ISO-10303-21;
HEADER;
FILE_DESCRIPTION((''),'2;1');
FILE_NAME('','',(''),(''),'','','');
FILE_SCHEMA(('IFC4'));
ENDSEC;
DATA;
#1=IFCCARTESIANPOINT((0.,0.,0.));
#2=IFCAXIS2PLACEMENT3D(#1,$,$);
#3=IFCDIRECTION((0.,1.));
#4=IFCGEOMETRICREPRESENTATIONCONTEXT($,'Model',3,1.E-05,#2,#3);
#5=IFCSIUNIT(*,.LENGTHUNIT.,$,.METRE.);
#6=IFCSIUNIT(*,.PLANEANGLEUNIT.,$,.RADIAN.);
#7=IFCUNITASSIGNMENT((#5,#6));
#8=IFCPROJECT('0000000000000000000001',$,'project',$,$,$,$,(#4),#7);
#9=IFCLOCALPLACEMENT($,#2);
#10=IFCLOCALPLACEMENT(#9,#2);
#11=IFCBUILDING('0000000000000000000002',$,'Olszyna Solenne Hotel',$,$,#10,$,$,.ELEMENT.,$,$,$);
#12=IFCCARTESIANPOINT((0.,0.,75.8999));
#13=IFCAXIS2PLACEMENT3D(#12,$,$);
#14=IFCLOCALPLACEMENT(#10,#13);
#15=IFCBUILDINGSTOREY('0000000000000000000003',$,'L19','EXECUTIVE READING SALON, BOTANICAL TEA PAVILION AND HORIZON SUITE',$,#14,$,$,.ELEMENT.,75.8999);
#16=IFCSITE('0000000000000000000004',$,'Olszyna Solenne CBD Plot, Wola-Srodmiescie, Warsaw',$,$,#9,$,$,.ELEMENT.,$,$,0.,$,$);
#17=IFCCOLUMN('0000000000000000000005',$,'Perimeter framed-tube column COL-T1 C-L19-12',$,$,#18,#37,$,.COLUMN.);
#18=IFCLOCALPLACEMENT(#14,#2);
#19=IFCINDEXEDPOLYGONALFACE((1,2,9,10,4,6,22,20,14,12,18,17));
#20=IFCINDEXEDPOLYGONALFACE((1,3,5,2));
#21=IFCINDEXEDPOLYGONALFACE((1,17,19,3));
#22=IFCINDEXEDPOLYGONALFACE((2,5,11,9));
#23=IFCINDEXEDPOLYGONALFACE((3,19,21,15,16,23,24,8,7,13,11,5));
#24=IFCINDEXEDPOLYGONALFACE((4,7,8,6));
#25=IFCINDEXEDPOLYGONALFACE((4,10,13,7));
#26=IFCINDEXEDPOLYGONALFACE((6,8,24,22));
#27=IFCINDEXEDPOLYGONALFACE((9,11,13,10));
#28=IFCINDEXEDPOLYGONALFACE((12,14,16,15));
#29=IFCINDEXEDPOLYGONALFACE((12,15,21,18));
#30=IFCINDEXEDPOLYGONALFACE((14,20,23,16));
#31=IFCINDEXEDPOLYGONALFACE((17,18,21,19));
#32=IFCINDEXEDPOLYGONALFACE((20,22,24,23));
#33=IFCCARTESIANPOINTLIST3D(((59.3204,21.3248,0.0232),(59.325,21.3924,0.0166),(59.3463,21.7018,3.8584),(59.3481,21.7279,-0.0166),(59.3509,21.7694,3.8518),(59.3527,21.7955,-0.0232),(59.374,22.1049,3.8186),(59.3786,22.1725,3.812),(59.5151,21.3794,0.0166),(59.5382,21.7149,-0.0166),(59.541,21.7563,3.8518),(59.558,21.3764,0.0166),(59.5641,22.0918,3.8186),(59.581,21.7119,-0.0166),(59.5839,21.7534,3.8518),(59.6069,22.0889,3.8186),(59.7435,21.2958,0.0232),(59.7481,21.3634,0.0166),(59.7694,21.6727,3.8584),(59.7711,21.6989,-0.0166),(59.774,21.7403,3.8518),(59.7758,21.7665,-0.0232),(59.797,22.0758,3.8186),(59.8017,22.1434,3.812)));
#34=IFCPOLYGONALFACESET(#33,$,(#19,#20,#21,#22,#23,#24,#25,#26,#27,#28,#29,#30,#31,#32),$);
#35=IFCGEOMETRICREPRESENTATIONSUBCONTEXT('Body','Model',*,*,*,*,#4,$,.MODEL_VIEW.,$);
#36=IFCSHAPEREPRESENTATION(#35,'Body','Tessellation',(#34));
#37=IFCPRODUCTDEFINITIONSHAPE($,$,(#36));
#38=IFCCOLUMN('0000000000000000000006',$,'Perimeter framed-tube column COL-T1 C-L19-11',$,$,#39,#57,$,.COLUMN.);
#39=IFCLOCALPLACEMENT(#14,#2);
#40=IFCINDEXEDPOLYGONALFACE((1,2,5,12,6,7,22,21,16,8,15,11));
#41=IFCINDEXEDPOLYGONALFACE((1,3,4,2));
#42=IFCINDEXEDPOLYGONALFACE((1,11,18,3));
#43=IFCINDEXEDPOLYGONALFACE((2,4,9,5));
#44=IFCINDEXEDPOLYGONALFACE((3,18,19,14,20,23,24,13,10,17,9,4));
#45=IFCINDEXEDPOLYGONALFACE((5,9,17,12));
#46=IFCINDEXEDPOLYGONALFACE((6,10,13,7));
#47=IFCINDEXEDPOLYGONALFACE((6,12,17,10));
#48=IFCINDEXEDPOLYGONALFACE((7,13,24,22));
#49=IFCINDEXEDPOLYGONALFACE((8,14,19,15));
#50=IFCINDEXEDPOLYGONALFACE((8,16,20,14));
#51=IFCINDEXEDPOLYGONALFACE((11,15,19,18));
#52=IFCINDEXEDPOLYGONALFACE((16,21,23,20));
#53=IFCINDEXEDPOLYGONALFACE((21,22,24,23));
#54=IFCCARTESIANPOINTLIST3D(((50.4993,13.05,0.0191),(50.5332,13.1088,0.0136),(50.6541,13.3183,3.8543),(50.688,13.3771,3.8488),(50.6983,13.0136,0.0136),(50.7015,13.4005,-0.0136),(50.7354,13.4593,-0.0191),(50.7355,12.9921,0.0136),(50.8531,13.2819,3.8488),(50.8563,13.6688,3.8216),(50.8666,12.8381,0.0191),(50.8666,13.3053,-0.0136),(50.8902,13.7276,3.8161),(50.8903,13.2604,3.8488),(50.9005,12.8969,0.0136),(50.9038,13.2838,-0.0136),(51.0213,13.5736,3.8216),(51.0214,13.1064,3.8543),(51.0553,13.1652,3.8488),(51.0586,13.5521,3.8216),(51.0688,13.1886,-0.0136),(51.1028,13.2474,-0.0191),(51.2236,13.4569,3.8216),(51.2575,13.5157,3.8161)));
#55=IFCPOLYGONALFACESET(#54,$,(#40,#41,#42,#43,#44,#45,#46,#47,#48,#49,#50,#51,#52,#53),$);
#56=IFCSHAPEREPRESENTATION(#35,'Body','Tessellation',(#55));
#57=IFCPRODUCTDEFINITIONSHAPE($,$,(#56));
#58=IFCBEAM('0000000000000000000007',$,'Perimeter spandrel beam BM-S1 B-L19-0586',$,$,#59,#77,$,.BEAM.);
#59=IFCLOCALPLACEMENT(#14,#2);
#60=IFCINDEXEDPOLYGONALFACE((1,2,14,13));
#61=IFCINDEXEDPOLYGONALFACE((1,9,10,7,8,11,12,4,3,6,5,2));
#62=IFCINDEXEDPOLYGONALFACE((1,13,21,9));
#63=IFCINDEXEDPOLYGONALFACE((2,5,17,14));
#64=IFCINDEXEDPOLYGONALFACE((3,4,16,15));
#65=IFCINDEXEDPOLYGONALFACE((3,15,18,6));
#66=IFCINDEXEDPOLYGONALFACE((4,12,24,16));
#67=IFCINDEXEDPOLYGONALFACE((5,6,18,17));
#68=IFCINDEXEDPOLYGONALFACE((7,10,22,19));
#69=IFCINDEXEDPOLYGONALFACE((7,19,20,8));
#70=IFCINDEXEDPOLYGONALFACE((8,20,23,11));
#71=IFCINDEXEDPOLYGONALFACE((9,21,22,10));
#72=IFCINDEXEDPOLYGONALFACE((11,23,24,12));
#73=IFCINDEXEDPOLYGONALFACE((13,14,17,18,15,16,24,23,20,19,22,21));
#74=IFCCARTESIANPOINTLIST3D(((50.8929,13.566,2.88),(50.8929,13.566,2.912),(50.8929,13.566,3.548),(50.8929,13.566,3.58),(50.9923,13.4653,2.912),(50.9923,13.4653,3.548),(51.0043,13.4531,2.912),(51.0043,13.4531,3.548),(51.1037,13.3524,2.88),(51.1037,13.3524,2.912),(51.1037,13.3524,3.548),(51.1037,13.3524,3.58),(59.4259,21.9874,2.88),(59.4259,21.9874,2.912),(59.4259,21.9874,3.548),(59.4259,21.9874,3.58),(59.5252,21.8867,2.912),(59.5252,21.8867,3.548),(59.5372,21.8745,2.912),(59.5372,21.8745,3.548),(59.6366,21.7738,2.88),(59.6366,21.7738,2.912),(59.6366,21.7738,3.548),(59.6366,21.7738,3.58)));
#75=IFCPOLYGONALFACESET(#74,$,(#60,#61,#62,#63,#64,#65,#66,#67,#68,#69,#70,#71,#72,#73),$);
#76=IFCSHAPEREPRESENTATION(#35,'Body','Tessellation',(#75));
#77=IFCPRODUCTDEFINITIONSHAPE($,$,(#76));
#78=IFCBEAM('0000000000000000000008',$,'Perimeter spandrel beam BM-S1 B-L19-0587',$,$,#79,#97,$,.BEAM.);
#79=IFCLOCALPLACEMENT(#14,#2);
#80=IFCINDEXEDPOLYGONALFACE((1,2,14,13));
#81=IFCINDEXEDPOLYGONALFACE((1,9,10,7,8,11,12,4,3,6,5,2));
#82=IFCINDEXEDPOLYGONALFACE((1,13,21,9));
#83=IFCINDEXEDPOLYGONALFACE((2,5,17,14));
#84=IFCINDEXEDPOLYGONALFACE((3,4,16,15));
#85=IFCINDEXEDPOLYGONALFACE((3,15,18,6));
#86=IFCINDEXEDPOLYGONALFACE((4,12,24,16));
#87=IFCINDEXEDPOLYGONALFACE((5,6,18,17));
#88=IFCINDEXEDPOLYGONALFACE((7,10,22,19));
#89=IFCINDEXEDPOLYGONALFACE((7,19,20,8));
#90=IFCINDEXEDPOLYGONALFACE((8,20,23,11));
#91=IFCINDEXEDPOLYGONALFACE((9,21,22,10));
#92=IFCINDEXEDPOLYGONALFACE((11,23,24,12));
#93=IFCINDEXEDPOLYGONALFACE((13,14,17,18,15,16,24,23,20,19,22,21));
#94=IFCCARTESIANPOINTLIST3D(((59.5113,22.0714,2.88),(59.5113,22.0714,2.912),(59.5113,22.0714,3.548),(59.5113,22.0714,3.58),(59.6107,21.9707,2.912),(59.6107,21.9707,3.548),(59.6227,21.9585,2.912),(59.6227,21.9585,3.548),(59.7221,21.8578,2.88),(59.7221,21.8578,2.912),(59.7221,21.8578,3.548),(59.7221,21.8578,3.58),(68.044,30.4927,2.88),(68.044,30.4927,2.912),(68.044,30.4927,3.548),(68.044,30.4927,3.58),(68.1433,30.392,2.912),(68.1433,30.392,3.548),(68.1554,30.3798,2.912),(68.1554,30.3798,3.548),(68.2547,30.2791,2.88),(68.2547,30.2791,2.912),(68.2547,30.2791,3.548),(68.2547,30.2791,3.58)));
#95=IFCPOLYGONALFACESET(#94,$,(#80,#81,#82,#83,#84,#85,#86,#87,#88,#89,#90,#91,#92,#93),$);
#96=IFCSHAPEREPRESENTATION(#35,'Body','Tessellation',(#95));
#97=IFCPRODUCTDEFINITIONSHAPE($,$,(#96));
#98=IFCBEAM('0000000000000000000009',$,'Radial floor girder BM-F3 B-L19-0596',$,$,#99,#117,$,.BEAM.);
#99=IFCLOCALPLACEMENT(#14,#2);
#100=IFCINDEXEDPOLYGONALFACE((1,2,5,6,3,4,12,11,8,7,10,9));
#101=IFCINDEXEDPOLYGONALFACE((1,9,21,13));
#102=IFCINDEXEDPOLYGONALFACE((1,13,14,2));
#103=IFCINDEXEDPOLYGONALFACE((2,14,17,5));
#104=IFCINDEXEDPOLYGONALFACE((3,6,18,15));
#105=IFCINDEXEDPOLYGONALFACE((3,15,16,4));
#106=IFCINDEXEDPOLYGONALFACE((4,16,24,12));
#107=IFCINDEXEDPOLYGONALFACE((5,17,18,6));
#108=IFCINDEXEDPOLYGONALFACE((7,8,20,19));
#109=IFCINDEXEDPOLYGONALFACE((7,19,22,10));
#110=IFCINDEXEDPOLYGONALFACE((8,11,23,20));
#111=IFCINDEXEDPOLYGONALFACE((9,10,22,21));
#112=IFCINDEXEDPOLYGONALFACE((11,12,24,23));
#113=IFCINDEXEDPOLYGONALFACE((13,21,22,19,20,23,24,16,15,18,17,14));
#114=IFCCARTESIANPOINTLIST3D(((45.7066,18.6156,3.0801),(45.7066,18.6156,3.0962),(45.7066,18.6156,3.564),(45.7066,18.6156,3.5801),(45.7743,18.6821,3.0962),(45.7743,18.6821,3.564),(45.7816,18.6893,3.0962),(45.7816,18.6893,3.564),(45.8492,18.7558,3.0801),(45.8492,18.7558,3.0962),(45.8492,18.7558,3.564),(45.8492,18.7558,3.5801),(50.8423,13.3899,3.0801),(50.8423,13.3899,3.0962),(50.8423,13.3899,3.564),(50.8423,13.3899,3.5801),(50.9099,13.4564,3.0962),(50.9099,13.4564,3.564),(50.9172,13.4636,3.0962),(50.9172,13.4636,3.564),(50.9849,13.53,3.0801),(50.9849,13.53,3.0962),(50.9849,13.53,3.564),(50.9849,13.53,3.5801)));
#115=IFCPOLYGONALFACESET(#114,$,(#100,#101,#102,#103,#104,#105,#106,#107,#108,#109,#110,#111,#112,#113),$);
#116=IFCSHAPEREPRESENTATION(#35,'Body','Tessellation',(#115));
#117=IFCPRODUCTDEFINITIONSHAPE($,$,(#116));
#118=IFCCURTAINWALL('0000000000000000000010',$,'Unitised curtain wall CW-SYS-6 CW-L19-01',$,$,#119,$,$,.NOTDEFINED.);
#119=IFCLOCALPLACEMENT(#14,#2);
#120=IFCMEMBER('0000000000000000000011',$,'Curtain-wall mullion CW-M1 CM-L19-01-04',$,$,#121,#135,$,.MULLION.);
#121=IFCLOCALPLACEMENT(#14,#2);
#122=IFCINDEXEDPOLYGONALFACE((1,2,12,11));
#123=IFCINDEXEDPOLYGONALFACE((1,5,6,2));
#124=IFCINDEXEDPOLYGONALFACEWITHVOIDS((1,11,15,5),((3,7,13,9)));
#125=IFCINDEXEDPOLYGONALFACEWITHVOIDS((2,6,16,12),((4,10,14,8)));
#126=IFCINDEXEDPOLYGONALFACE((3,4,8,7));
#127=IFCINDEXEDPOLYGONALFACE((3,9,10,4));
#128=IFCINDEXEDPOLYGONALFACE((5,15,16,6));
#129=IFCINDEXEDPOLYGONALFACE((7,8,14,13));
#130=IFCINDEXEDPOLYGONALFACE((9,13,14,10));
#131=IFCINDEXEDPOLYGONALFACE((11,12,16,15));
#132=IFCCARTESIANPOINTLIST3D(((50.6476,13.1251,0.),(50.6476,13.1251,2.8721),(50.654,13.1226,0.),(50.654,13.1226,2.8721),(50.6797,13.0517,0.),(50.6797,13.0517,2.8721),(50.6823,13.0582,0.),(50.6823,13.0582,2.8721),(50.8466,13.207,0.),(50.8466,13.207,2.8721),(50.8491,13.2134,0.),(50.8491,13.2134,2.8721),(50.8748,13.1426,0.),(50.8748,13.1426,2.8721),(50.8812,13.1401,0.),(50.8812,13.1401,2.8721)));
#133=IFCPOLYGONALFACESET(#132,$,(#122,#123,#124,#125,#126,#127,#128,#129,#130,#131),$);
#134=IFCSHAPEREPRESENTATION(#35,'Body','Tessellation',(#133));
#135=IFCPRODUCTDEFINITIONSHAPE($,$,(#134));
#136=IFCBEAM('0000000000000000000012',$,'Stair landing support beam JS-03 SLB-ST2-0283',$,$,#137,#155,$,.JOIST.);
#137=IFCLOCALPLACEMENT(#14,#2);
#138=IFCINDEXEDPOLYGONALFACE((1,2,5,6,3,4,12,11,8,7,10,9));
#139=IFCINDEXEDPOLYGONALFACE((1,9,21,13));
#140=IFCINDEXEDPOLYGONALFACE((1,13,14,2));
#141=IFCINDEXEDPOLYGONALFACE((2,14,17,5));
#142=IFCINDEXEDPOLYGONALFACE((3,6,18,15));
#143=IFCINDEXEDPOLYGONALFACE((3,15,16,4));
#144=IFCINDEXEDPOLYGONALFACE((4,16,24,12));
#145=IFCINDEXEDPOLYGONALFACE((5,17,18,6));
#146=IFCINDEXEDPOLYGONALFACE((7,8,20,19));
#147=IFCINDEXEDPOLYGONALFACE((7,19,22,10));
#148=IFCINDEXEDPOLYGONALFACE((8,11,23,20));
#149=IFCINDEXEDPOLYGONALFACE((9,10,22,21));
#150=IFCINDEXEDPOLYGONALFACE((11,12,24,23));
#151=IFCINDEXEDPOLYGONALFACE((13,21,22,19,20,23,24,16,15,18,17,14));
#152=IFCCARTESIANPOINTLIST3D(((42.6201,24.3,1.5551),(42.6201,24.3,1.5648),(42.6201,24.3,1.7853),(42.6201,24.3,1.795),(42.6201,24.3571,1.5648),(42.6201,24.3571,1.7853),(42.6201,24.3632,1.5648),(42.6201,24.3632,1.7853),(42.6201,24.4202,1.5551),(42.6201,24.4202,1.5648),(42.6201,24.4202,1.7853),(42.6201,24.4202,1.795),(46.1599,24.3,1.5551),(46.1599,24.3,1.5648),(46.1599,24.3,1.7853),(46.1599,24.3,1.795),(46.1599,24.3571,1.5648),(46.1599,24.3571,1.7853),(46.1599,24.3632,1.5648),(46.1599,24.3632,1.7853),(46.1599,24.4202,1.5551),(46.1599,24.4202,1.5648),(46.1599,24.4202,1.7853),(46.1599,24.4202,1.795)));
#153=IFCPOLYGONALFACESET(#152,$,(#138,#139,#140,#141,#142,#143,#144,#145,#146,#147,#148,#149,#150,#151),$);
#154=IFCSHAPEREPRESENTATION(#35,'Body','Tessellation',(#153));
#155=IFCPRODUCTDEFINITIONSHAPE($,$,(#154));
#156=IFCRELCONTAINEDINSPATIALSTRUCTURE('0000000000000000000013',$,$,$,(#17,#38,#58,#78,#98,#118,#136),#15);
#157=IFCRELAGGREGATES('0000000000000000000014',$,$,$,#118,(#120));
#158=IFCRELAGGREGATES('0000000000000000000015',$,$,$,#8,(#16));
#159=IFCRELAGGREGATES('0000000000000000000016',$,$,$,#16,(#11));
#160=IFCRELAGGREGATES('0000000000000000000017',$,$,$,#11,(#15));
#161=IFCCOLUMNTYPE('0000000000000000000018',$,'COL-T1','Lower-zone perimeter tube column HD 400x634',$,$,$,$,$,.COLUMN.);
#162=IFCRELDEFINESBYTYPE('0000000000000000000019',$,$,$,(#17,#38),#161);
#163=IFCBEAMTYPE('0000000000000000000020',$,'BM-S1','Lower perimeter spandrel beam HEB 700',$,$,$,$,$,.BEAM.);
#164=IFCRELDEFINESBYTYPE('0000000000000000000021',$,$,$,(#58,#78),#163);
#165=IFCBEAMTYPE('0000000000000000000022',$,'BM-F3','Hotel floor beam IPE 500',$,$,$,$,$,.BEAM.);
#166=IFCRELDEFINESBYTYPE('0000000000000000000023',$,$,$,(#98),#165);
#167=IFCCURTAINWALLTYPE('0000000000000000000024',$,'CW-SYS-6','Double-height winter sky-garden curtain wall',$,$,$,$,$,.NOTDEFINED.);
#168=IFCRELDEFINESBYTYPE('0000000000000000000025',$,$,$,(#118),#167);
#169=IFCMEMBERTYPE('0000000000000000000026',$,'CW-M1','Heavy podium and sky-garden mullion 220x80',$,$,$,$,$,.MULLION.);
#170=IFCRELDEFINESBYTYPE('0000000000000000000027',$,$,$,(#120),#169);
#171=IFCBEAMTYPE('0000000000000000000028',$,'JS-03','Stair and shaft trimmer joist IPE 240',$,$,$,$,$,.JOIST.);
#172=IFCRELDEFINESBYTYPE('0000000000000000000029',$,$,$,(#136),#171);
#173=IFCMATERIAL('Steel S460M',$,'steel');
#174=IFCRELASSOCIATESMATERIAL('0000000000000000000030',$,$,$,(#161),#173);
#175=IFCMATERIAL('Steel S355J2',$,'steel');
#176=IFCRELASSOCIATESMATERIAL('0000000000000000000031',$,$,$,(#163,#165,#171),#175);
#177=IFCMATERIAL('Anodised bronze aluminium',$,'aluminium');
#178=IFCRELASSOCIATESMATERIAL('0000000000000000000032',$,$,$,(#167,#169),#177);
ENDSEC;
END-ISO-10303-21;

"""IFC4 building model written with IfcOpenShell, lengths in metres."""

from ifc_helpers import new_model, si_unit, direction, frame, origin, origin_2d, place, context, subcontext, project, spatial, hollow_rectangle, i_section, extrude, source, transform, mapped, material, material_profile, profile_set, type_object, element, aggregate, save


model = new_model("IFC4")

# Units and contexts
model_context = context("Model", 3, precision=1e-05, world=origin(), true_north=direction((0.0, 1.0)))
body_context = subcontext(model_context, "Body", "Model", "MODEL_VIEW")
ifc_project = project(units=[si_unit("LENGTHUNIT", "METRE"), si_unit("PLANEANGLEUNIT", "RADIAN")], contexts=[model_context])

# Site, building, storey
site_placement = place(None, origin())
site = spatial("IfcSite", under=ifc_project, at=site_placement, Name="Olszyna Solenne CBD Plot, Wola-Srodmiescie, Warsaw", CompositionType="ELEMENT", RefElevation=0.0)
building_placement = place(site_placement, origin())
building = spatial("IfcBuilding", under=site, at=building_placement, Name="Olszyna Solenne Hotel", CompositionType="ELEMENT")
storey_placement = place(building_placement, frame((0.0, 0.0, 75.8999)))
storey = spatial("IfcBuildingStorey", under=building, at=storey_placement, Name="L19", Description="EXECUTIVE READING SALON, BOTANICAL TEA PAVILION AND HORIZON SUITE", CompositionType="ELEMENT", Elevation=75.8999)

# Columns
ifc_material_1 = material(Name="Steel S460M", Category="steel")
ifc_material_profile_1 = material_profile(ifc_material_1, i_section(OverallWidth=0.4241, OverallDepth=0.4741, WebThickness=0.043, FlangeThickness=0.0681, at=origin_2d()), Name="HD 400x634", Category="load-bearing")
ifc_profile_set_1 = profile_set([ifc_material_profile_1], Name="Steel S460M")
column_type = type_object("IfcColumnType", Name="COL-T1", Description="Lower-zone perimeter tube column HD 400x634", PredefinedType="COLUMN", material=ifc_profile_set_1)
shared_shape_1 = source(origin(), body_context, "Body", "SweptSolid", [
    extrude(i_section(OverallWidth=0.4241, OverallDepth=0.4741, WebThickness=0.043, FlangeThickness=0.0681, at=origin_2d()), origin(), (0.0, 0.0, 1.0), 3.8538),
])
column_1_placement = place(storey_placement, frame((59.5481, 21.5457, 0.0), z_axis=(0.006715, 0.097814, 0.995182), x_axis=(-0.997652, 0.068492, 0.0)))
element("IfcColumn", 1, at=column_1_placement, inside=storey, type_object=column_type, Name="Perimeter framed-tube column COL-T1 C-L19-12", PredefinedType="COLUMN", context=body_context, shape_type="MappedRepresentation", body=[
    mapped(shared_shape_1, transform((0.0, 0.0, 0.0), x_axis=(1.0, 0.0, 0.0), y_axis=(0.0, 1.0, 0.0), z_axis=(0.0, 0.0, 1.0), scale=1.0)),
])
shared_shape_2 = source(origin(), body_context, "Body", "SweptSolid", [
    extrude(i_section(OverallWidth=0.4241, OverallDepth=0.4741, WebThickness=0.043, FlangeThickness=0.0681, at=origin_2d()), origin(), (0.0, 0.0, 1.0), 3.8477),
])
column_2_placement = place(storey_placement, frame((50.801, 13.1487, 0.0), z_axis=(0.040228, 0.069733, 0.996754), x_axis=(-0.866199, 0.4997, 0.0)))
element("IfcColumn", 2, at=column_2_placement, inside=storey, type_object=column_type, Name="Perimeter framed-tube column COL-T1 C-L19-11", PredefinedType="COLUMN", context=body_context, shape_type="MappedRepresentation", body=[
    mapped(shared_shape_2, transform((0.0, 0.0, 0.0), x_axis=(1.0, 0.0, 0.0), y_axis=(0.0, 1.0, 0.0), z_axis=(0.0, 0.0, 1.0), scale=1.0)),
])

# Beams
ifc_material_2 = material(Name="Steel S355J2", Category="steel")
ifc_material_profile_2 = material_profile(ifc_material_2, i_section(OverallWidth=0.3, OverallDepth=0.7, WebThickness=0.0171, FlangeThickness=0.032, at=origin_2d()), Name="HEB 700", Category="load-bearing")
ifc_profile_set_2 = profile_set([ifc_material_profile_2], Name="Steel S355J2")
beam_type_1 = type_object("IfcBeamType", Name="BM-S1", Description="Lower perimeter spandrel beam HEB 700", PredefinedType="BEAM", material=ifc_profile_set_2)
shared_shape_3 = source(origin(), body_context, "Body", "SweptSolid", [
    extrude(i_section(OverallWidth=0.3, OverallDepth=0.7, WebThickness=0.0171, FlangeThickness=0.032, at=origin_2d()), origin(), (0.0, 0.0, 1.0), 11.9888),
])
beam_1_placement = place(storey_placement, frame((50.9983, 13.4592, 3.23), z_axis=(0.711745, 0.702438, 0.0), x_axis=(-0.702438, 0.711745, 0.0)))
element("IfcBeam", 3, at=beam_1_placement, inside=storey, type_object=beam_type_1, Name="Perimeter spandrel beam BM-S1 B-L19-0586", PredefinedType="BEAM", context=body_context, shape_type="MappedRepresentation", body=[
    mapped(shared_shape_3, transform((0.0, 0.0, 0.0), x_axis=(1.0, 0.0, 0.0), y_axis=(0.0, 1.0, 0.0), z_axis=(0.0, 0.0, 1.0), scale=1.0)),
])
shared_shape_4 = source(origin(), body_context, "Body", "SweptSolid", [
    extrude(i_section(OverallWidth=0.3, OverallDepth=0.7, WebThickness=0.0171, FlangeThickness=0.032, at=origin_2d()), origin(), (0.0, 0.0, 1.0), 11.9885),
])
beam_2_placement = place(storey_placement, frame((59.6167, 21.9646, 3.23), z_axis=(0.711735, 0.702448, 0.0), x_axis=(-0.702448, 0.711735, 0.0)))
element("IfcBeam", 4, at=beam_2_placement, inside=storey, type_object=beam_type_1, Name="Perimeter spandrel beam BM-S1 B-L19-0587", PredefinedType="BEAM", context=body_context, shape_type="MappedRepresentation", body=[
    mapped(shared_shape_4, transform((0.0, 0.0, 0.0), x_axis=(1.0, 0.0, 0.0), y_axis=(0.0, 1.0, 0.0), z_axis=(0.0, 0.0, 1.0), scale=1.0)),
])
ifc_material_profile_3 = material_profile(ifc_material_2, i_section(OverallWidth=0.2, OverallDepth=0.5, WebThickness=0.0103, FlangeThickness=0.0161, at=origin_2d()), Name="IPE 500", Category="load-bearing")
ifc_profile_set_3 = profile_set([ifc_material_profile_3], Name="Steel S355J2")
beam_type_2 = type_object("IfcBeamType", Name="BM-F3", Description="Hotel floor beam IPE 500", PredefinedType="BEAM", material=ifc_profile_set_3)
shared_shape_5 = source(origin(), body_context, "Body", "SweptSolid", [
    extrude(i_section(OverallWidth=0.2, OverallDepth=0.5, WebThickness=0.0103, FlangeThickness=0.0161, at=origin_2d()), origin(), (0.0, 0.0, 1.0), 7.3269),
])
beam_3_placement = place(storey_placement, frame((50.9136, 13.46, 3.3301), z_axis=(-0.700932, 0.713228, 0.0), x_axis=(-0.713228, -0.700932, 0.0)))
element("IfcBeam", 5, at=beam_3_placement, inside=storey, type_object=beam_type_2, Name="Radial floor girder BM-F3 B-L19-0596", PredefinedType="BEAM", context=body_context, shape_type="MappedRepresentation", body=[
    mapped(shared_shape_5, transform((0.0, 0.0, 0.0), x_axis=(1.0, 0.0, 0.0), y_axis=(0.0, 1.0, 0.0), z_axis=(0.0, 0.0, 1.0), scale=1.0)),
])

# Curtain wall, member
ifc_material_3 = material(Name="Anodised bronze aluminium", Category="aluminium")
curtain_wall_type = type_object("IfcCurtainWallType", Name="CW-SYS-6", Description="Double-height winter sky-garden curtain wall", PredefinedType="NOTDEFINED", material=ifc_material_3)
curtain_wall_placement = place(storey_placement, origin())
curtain_wall = element("IfcCurtainWall", 6, at=curtain_wall_placement, inside=storey, type_object=curtain_wall_type, Name="Unitised curtain wall CW-SYS-6 CW-L19-01", PredefinedType="NOTDEFINED")
ifc_material_profile_4 = material_profile(ifc_material_3, hollow_rectangle(XDim=0.0801, YDim=0.22, WallThickness=0.0049, at=origin_2d()), Name="MULL 220x80x5", Category="load-bearing")
ifc_profile_set_4 = profile_set([ifc_material_profile_4], Name="Anodised bronze aluminium")
member_type = type_object("IfcMemberType", Name="CW-M1", Description="Heavy podium and sky-garden mullion 220x80", PredefinedType="MULLION", material=ifc_profile_set_4)
shared_shape_6 = source(origin(), body_context, "Body", "SweptSolid", [
    extrude(hollow_rectangle(XDim=0.0801, YDim=0.22, WallThickness=0.0049, at=origin_2d()), origin(), (0.0, 0.0, 1.0), 2.8721),
])
member_placement = place(storey_placement, frame((50.7644, 13.1326, 0.0), z_axis=(0.0, 0.0, 1.0), x_axis=(-0.401449, 0.915881, 0.0)))
member = element("IfcMember", 7, at=member_placement, type_object=member_type, Name="Curtain-wall mullion CW-M1 CM-L19-01-04", PredefinedType="MULLION", context=body_context, shape_type="MappedRepresentation", body=[
    mapped(shared_shape_6, transform((0.0, 0.0, 0.0), x_axis=(1.0, 0.0, 0.0), y_axis=(0.0, 1.0, 0.0), z_axis=(0.0, 0.0, 1.0), scale=1.0)),
])

# Beam
ifc_material_profile_5 = material_profile(ifc_material_2, i_section(OverallWidth=0.1201, OverallDepth=0.24, WebThickness=0.0061, FlangeThickness=0.0098, at=origin_2d()), Name="IPE 240", Category="load-bearing")
ifc_profile_set_5 = profile_set([ifc_material_profile_5], Name="Steel S355J2")
beam_type_3 = type_object("IfcBeamType", Name="JS-03", Description="Stair and shaft trimmer joist IPE 240", PredefinedType="JOIST", material=ifc_profile_set_5)
shared_shape_7 = source(origin(), body_context, "Body", "SweptSolid", [
    extrude(i_section(OverallWidth=0.1201, OverallDepth=0.24, WebThickness=0.0061, FlangeThickness=0.0098, at=origin_2d()), origin(), (0.0, 0.0, 1.0), 3.5398),
])
beam_4_placement = place(storey_placement, frame((46.1599, 24.3601, 1.675), z_axis=(-1.0, 0.0, 0.0), x_axis=(0.0, -1.0, 0.0)))
element("IfcBeam", 8, at=beam_4_placement, inside=storey, type_object=beam_type_3, Name="Stair landing support beam JS-03 SLB-ST2-0283", PredefinedType="JOIST", context=body_context, shape_type="MappedRepresentation", body=[
    mapped(shared_shape_7, transform((0.0, 0.0, 0.0), x_axis=(1.0, 0.0, 0.0), y_axis=(0.0, 1.0, 0.0), z_axis=(0.0, 0.0, 1.0), scale=1.0)),
])

aggregate(curtain_wall, [member])

save(model, "model.ifc")
